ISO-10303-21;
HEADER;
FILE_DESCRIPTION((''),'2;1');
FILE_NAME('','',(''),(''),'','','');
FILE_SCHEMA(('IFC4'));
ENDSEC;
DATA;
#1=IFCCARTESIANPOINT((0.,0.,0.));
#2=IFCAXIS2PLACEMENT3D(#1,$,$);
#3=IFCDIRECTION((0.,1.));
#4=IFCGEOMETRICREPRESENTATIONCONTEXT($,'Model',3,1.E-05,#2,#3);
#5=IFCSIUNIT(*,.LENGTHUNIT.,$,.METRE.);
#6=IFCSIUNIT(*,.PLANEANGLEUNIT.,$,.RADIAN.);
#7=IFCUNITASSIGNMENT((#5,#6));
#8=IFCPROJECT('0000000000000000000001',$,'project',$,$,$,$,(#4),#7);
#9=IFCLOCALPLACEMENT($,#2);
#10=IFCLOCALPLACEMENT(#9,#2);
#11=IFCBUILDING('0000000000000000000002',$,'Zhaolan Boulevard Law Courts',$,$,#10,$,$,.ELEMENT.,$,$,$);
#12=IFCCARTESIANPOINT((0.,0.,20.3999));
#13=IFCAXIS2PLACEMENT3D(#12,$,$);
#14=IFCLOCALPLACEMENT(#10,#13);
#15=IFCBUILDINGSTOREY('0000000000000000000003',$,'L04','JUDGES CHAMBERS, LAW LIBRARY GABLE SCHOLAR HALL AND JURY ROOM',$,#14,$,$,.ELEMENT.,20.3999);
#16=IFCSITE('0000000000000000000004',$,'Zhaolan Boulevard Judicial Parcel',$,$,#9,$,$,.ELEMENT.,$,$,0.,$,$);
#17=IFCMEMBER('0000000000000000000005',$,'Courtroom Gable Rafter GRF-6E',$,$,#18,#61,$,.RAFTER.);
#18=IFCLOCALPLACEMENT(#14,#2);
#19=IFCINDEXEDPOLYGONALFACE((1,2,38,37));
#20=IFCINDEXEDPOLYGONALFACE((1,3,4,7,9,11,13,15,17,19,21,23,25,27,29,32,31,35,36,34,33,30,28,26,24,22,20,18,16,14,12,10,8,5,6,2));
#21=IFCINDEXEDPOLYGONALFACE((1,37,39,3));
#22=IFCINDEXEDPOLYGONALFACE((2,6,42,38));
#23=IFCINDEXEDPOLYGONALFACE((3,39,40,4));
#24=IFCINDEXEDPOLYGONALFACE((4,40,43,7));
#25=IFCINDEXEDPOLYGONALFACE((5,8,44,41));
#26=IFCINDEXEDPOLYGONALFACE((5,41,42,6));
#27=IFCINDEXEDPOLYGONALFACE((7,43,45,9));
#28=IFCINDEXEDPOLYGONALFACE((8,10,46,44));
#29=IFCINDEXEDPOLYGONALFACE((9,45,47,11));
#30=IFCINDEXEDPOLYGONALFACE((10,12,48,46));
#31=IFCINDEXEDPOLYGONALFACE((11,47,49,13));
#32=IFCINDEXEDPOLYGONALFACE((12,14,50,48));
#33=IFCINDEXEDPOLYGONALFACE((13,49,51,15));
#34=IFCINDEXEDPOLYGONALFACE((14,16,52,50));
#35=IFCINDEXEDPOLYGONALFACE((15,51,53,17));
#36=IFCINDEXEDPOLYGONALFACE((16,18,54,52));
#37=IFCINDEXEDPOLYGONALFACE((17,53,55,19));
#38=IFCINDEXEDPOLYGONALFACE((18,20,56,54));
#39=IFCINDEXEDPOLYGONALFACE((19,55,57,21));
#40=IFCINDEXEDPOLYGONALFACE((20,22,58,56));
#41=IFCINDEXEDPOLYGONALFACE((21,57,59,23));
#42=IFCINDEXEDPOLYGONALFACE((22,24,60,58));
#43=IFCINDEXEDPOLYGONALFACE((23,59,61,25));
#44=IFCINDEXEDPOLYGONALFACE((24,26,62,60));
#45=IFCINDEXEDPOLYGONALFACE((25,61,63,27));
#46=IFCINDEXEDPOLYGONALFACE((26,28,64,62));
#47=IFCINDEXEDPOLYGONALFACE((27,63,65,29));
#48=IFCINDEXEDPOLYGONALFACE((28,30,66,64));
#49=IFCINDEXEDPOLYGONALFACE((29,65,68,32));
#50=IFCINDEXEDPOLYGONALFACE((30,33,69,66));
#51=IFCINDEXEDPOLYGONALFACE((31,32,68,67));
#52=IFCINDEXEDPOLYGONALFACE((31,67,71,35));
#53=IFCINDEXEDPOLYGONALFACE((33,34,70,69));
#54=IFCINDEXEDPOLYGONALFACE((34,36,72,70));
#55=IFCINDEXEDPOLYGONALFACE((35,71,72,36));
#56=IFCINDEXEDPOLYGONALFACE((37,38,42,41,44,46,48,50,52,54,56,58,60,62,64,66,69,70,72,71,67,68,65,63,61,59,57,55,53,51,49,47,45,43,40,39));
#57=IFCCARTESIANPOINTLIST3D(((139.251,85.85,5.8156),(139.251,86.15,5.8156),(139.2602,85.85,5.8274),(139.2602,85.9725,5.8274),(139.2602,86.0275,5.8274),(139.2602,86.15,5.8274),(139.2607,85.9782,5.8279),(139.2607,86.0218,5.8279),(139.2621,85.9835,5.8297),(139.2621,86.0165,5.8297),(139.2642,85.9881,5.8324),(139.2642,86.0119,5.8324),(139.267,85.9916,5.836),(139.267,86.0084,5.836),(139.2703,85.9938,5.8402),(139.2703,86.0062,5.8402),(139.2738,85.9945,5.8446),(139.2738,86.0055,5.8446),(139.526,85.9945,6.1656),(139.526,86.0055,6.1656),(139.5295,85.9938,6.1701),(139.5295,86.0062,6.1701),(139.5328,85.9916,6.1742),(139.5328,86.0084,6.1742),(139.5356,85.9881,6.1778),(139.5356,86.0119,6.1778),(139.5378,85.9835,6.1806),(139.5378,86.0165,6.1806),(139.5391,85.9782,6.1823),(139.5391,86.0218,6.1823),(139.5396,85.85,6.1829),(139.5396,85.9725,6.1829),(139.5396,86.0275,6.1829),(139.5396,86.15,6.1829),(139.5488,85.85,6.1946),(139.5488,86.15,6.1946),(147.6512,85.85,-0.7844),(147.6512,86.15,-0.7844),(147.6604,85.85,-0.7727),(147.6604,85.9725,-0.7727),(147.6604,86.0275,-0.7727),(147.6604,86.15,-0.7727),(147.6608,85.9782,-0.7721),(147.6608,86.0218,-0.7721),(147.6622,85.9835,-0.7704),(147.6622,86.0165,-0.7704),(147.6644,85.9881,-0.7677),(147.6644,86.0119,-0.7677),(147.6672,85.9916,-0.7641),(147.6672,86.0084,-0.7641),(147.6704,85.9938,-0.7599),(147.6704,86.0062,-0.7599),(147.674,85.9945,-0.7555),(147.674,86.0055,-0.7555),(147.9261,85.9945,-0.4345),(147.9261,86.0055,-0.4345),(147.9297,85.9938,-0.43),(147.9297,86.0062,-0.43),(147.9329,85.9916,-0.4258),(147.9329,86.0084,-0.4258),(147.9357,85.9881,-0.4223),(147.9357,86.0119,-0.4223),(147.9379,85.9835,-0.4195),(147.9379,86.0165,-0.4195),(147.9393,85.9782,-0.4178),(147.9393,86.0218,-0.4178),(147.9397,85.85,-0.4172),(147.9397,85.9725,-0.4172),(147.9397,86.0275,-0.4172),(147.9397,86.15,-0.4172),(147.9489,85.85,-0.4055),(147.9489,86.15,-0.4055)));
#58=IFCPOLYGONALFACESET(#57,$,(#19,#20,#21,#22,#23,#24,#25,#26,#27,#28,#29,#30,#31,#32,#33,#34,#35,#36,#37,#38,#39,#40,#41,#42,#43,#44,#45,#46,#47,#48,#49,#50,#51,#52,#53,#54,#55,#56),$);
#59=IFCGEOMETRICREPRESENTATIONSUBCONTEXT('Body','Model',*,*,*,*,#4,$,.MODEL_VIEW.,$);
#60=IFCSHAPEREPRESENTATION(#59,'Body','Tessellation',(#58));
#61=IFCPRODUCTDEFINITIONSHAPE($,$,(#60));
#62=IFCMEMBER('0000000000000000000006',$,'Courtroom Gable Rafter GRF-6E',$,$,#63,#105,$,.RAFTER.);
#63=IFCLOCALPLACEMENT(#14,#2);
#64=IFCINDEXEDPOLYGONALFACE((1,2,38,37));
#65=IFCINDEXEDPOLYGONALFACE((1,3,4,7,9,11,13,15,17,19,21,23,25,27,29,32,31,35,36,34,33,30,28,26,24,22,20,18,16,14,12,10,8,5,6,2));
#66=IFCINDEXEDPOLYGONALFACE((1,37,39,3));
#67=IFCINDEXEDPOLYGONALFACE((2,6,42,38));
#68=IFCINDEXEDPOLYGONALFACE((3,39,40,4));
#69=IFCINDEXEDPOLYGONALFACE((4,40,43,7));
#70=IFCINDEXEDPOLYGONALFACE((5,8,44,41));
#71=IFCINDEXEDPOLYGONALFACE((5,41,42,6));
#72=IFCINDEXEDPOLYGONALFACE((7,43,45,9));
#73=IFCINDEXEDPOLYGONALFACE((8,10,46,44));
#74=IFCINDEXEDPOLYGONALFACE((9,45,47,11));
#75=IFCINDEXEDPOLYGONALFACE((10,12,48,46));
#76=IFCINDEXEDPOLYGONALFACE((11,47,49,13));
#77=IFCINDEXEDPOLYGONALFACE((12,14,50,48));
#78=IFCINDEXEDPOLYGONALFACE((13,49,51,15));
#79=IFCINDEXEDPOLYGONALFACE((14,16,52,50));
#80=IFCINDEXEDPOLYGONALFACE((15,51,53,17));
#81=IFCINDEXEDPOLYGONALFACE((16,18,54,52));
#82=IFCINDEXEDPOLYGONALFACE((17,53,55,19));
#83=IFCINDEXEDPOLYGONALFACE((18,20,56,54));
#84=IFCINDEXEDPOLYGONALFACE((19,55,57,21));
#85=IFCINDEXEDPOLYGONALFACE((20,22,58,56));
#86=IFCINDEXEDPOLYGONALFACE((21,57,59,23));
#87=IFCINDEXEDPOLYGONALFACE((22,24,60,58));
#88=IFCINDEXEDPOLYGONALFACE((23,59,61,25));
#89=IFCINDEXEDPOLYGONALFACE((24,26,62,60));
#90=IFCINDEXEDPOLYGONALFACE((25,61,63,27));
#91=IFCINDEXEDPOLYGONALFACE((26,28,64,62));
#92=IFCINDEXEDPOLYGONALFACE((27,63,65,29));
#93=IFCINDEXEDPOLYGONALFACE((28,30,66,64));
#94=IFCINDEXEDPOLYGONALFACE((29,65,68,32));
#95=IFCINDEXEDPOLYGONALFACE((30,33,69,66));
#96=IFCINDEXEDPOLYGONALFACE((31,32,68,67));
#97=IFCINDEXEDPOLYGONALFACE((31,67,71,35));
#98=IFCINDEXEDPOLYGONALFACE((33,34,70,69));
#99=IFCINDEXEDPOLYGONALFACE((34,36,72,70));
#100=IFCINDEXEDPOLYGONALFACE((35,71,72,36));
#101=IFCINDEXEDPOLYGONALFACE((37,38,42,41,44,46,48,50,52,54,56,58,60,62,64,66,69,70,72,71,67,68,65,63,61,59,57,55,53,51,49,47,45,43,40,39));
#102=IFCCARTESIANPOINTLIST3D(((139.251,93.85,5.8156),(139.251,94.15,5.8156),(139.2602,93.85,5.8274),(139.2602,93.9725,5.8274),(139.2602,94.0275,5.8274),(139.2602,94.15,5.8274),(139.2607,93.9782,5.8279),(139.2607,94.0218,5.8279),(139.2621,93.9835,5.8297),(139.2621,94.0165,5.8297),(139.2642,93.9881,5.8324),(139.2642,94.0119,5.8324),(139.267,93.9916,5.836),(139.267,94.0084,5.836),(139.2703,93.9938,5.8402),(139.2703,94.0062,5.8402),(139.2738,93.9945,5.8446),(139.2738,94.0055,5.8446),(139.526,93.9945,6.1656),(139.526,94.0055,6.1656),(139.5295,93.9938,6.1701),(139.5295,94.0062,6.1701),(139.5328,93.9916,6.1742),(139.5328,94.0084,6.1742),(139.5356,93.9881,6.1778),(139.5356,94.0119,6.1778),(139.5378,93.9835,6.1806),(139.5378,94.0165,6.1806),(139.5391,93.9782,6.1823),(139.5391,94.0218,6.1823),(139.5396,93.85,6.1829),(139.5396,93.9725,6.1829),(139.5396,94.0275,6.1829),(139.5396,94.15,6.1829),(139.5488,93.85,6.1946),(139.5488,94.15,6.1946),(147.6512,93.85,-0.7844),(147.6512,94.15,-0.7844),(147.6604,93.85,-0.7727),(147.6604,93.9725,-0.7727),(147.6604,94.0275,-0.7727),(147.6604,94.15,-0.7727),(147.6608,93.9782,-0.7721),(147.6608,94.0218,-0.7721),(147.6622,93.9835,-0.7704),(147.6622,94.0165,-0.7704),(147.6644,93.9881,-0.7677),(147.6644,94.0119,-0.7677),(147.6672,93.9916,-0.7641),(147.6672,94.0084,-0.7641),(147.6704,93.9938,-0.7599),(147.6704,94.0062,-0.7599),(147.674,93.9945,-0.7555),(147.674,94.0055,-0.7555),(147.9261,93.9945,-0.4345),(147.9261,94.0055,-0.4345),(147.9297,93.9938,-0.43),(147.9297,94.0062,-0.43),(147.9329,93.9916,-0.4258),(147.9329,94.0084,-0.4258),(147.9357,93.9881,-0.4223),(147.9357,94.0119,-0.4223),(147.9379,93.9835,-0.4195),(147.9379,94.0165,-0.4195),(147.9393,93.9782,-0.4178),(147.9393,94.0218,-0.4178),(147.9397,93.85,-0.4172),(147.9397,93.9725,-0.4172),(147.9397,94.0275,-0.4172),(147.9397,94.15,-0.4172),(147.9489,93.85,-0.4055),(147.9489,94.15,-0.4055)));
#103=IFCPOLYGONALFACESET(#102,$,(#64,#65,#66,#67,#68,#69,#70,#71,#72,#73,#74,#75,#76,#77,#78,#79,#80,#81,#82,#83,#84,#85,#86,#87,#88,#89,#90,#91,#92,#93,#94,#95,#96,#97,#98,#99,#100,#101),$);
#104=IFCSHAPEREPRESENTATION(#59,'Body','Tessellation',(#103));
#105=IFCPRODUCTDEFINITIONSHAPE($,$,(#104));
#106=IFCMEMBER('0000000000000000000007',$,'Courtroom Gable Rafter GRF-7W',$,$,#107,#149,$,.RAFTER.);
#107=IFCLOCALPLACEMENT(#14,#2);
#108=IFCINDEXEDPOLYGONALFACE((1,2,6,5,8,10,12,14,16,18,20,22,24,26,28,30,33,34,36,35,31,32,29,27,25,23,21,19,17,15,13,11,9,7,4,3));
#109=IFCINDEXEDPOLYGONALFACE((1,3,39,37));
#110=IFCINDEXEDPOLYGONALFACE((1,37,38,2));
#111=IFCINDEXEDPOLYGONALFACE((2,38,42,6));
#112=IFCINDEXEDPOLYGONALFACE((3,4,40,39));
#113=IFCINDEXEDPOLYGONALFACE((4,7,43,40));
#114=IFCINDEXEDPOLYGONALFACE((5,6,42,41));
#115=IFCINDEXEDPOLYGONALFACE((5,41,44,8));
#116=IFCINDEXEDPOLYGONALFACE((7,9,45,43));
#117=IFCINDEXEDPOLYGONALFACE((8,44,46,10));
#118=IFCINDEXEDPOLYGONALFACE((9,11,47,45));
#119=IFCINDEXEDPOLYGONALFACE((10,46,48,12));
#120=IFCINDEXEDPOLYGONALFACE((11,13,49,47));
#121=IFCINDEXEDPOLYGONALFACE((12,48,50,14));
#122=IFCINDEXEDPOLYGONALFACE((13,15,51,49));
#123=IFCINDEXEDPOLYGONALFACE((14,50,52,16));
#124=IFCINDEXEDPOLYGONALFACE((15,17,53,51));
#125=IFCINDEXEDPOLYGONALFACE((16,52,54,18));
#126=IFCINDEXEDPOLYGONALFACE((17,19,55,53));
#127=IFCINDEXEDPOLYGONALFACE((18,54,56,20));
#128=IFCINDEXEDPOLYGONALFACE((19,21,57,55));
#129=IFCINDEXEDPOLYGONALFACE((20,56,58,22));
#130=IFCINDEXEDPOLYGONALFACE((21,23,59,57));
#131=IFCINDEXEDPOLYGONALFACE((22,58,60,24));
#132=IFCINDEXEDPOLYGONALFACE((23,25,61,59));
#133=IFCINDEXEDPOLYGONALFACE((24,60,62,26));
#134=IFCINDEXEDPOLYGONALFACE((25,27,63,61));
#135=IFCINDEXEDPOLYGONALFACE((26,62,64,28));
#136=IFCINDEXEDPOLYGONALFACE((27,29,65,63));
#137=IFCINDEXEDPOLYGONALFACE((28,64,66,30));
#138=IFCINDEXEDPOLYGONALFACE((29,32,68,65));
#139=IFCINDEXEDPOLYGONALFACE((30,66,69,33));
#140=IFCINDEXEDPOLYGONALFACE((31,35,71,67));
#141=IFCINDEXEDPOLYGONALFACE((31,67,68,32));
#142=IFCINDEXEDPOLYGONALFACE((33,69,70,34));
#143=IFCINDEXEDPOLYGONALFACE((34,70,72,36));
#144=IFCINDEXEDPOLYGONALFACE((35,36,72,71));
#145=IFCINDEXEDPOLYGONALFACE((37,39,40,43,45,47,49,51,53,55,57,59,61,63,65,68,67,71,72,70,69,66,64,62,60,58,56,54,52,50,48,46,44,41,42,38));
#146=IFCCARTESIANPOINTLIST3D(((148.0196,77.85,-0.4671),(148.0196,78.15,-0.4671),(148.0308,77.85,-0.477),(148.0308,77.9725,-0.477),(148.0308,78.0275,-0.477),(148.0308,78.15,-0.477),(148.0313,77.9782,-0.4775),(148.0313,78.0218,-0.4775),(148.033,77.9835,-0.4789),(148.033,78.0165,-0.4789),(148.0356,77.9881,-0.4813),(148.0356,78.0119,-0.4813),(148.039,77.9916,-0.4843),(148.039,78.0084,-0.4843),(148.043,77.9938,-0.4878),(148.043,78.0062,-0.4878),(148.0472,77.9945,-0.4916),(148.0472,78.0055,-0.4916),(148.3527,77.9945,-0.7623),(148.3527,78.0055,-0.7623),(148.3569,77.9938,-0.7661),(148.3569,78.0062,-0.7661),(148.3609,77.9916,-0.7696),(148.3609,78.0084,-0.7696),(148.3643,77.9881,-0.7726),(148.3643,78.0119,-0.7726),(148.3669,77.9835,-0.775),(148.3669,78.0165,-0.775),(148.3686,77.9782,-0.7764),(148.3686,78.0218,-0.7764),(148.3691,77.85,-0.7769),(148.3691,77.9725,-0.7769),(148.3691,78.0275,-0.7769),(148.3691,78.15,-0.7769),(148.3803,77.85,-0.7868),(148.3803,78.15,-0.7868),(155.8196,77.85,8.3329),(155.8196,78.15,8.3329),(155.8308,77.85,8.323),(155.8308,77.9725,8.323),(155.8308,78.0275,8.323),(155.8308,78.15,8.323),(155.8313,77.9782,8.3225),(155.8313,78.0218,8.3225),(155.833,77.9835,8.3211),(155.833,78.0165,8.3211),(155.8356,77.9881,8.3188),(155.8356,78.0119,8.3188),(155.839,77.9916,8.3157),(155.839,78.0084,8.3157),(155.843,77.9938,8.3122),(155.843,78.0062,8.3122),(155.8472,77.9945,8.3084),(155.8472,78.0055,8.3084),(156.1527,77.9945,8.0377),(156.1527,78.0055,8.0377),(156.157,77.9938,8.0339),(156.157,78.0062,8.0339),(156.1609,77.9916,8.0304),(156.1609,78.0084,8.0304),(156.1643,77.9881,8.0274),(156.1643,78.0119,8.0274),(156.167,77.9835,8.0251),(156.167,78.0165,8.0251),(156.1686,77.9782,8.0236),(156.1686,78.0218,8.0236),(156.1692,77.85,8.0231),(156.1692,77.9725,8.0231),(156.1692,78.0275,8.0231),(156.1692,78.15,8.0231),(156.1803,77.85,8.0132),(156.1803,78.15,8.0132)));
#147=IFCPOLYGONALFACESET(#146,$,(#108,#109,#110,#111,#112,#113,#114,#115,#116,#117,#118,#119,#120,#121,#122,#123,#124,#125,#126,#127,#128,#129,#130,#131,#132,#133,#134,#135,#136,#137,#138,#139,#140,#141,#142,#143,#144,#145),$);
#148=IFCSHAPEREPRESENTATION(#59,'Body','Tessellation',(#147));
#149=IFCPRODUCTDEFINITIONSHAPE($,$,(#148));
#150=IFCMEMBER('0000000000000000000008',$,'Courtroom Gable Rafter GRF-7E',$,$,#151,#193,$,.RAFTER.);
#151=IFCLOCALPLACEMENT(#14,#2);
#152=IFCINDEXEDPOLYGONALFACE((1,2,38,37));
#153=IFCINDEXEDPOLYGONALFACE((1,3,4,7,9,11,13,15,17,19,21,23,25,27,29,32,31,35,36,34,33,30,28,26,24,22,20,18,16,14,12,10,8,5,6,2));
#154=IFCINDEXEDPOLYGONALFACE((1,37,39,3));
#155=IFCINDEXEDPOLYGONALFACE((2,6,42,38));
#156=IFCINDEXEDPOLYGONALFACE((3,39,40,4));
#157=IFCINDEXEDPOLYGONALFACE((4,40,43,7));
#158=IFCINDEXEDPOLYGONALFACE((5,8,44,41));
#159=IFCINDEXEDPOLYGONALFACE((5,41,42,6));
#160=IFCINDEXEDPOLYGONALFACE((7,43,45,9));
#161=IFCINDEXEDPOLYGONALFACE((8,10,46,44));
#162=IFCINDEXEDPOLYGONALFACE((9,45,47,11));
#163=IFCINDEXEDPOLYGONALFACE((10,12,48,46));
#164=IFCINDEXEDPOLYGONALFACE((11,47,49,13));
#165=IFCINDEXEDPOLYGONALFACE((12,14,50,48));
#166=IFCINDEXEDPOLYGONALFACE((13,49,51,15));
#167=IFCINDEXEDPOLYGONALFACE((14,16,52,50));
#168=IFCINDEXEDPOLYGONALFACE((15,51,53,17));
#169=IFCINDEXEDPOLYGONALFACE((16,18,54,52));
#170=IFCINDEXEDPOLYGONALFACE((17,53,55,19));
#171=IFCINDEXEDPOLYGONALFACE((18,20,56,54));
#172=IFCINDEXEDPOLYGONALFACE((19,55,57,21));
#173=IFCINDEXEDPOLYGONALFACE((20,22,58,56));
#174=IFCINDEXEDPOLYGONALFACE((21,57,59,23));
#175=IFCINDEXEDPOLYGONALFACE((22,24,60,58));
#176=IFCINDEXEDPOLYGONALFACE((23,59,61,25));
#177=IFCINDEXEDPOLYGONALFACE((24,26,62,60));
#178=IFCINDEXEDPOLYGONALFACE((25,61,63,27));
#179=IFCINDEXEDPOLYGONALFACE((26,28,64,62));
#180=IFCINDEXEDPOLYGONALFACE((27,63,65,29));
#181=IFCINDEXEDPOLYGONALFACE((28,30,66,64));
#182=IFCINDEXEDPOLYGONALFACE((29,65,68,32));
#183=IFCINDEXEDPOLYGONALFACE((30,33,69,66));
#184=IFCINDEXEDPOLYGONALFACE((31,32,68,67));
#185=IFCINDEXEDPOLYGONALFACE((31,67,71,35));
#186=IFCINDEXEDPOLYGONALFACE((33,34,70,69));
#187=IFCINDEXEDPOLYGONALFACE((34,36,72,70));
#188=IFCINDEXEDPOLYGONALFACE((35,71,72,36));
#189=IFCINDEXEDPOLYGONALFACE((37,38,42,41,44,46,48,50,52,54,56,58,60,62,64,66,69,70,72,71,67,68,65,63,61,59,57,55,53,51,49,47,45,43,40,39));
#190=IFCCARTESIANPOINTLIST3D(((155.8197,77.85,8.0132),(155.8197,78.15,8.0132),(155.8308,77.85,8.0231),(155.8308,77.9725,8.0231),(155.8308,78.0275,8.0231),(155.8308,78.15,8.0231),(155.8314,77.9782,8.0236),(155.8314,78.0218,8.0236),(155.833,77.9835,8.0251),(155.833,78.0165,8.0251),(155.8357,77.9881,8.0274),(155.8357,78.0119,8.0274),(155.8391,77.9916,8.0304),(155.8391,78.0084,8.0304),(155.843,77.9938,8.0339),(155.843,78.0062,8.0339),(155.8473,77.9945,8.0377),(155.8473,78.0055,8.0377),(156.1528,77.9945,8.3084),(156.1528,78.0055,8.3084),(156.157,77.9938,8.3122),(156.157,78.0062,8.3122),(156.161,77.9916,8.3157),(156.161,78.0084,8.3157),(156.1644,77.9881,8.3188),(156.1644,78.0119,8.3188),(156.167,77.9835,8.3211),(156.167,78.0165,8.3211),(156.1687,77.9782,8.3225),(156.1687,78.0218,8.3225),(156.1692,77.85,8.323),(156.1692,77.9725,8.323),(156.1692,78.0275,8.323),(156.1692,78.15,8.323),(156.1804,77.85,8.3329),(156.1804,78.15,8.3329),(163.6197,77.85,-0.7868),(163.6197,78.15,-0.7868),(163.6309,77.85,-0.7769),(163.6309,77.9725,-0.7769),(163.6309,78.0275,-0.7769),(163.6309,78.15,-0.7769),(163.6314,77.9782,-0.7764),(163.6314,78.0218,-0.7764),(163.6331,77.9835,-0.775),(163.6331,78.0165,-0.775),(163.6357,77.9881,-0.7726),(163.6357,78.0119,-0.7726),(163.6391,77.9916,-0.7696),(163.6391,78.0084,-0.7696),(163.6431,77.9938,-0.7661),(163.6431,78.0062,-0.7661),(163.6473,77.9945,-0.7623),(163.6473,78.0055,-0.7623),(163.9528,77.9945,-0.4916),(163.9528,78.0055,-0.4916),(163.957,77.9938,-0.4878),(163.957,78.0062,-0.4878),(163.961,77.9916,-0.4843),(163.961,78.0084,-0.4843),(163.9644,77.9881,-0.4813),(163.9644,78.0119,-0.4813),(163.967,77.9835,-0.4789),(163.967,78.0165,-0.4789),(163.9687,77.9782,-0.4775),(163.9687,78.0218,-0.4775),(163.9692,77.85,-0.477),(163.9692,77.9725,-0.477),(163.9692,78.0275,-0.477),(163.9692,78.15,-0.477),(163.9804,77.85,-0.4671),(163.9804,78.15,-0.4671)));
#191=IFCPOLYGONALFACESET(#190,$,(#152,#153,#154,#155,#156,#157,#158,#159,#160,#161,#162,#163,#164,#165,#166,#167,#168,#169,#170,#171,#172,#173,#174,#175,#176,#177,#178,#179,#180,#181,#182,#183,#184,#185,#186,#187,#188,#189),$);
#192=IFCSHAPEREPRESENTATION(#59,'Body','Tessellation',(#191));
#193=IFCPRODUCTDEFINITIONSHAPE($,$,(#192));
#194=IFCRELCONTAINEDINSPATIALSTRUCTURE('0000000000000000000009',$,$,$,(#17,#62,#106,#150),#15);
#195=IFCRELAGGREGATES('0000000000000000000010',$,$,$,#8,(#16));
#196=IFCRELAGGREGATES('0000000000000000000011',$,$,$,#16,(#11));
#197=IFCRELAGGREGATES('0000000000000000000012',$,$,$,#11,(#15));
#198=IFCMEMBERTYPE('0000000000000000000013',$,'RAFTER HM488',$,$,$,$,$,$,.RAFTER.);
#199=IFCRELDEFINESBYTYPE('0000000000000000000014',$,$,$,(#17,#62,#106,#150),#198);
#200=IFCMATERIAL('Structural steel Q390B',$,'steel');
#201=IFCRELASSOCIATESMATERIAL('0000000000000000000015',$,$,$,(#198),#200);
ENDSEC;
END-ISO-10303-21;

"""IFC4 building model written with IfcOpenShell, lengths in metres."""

from ifc_helpers import new_model, si_unit, direction, frame, origin, origin_2d, place, context, subcontext, project, spatial, i_section, extrude, material, material_profile, profile_set, type_object, element, save


model = new_model("IFC4")

# Units and contexts
model_context = context("Model", 3, precision=1e-05, world=origin(), true_north=direction((0.0, 1.0)))
body_context = subcontext(model_context, "Body", "Model", "MODEL_VIEW")
ifc_project = project(units=[si_unit("LENGTHUNIT", "METRE"), si_unit("PLANEANGLEUNIT", "RADIAN")], contexts=[model_context])

# Site, building, storey
site_placement = place(None, origin())
site = spatial("IfcSite", under=ifc_project, at=site_placement, Name="Zhaolan Boulevard Judicial Parcel", CompositionType="ELEMENT", RefElevation=0.0)
building_placement = place(site_placement, origin())
building = spatial("IfcBuilding", under=site, at=building_placement, Name="Zhaolan Boulevard Law Courts", CompositionType="ELEMENT")
storey_placement = place(building_placement, frame((0.0, 0.0, 20.3999)))
storey = spatial("IfcBuildingStorey", under=building, at=storey_placement, Name="L04", Description="JUDGES CHAMBERS, LAW LIBRARY GABLE SCHOLAR HALL AND JURY ROOM", CompositionType="ELEMENT", Elevation=20.3999)

# Members
ifc_material_1 = material(Name="Structural steel Q390B", Category="steel")
ifc_material_profile = material_profile(ifc_material_1, i_section(OverallWidth=0.3, OverallDepth=0.4819, WebThickness=0.011, FlangeThickness=0.0149, FilletRadius=0.022, at=origin_2d()), Name="HM482x300")
ifc_profile_set = profile_set([ifc_material_profile], Name="Structural steel Q390B")
member_type = type_object("IfcMemberType", Name="RAFTER HM488", PredefinedType="RAFTER", material=ifc_profile_set)
for number, where, z_axis, x_axis, name in (
    (1, (147.8, 86.0, -0.595), (-0.786319, 0.0, 0.617821), (0.0, -1.0, 0.0), "Courtroom Gable Rafter GRF-6E"),
    (2, (147.8, 94.0, -0.595), (-0.786319, 0.0, 0.617821), (0.0, -1.0, 0.0), "Courtroom Gable Rafter GRF-6E"),
):
    element("IfcMember", number, at=place(storey_placement, frame(where, z_axis=z_axis, x_axis=x_axis)), inside=storey, type_object=member_type, Name=name, PredefinedType="RAFTER", context=body_context, shape_type="SweptSolid", body=[
        extrude(i_section(OverallWidth=0.3, OverallDepth=0.4819, WebThickness=0.011, FlangeThickness=0.0149, FilletRadius=0.022, at=origin_2d()), origin(), (0.0, 0.0, 1.0), 10.6829),
    ])
for number, where, z_axis, x_axis, name in (
    (3, (148.2, 78.0, -0.627), (0.663308, 0.0, 0.748347), (0.0, 1.0, 0.0), "Courtroom Gable Rafter GRF-7W"),
    (4, (163.8, 78.0, -0.627), (-0.663308, 0.0, 0.748347), (0.0, -1.0, 0.0), "Courtroom Gable Rafter GRF-7E"),
):
    element("IfcMember", number, at=place(storey_placement, frame(where, z_axis=z_axis, x_axis=x_axis)), inside=storey, type_object=member_type, Name=name, PredefinedType="RAFTER", context=body_context, shape_type="SweptSolid", body=[
        extrude(i_section(OverallWidth=0.3, OverallDepth=0.4819, WebThickness=0.011, FlangeThickness=0.0149, FilletRadius=0.022, at=origin_2d()), origin(), (0.0, 0.0, 1.0), 11.7593),
    ])

save(model, "model.ifc")
